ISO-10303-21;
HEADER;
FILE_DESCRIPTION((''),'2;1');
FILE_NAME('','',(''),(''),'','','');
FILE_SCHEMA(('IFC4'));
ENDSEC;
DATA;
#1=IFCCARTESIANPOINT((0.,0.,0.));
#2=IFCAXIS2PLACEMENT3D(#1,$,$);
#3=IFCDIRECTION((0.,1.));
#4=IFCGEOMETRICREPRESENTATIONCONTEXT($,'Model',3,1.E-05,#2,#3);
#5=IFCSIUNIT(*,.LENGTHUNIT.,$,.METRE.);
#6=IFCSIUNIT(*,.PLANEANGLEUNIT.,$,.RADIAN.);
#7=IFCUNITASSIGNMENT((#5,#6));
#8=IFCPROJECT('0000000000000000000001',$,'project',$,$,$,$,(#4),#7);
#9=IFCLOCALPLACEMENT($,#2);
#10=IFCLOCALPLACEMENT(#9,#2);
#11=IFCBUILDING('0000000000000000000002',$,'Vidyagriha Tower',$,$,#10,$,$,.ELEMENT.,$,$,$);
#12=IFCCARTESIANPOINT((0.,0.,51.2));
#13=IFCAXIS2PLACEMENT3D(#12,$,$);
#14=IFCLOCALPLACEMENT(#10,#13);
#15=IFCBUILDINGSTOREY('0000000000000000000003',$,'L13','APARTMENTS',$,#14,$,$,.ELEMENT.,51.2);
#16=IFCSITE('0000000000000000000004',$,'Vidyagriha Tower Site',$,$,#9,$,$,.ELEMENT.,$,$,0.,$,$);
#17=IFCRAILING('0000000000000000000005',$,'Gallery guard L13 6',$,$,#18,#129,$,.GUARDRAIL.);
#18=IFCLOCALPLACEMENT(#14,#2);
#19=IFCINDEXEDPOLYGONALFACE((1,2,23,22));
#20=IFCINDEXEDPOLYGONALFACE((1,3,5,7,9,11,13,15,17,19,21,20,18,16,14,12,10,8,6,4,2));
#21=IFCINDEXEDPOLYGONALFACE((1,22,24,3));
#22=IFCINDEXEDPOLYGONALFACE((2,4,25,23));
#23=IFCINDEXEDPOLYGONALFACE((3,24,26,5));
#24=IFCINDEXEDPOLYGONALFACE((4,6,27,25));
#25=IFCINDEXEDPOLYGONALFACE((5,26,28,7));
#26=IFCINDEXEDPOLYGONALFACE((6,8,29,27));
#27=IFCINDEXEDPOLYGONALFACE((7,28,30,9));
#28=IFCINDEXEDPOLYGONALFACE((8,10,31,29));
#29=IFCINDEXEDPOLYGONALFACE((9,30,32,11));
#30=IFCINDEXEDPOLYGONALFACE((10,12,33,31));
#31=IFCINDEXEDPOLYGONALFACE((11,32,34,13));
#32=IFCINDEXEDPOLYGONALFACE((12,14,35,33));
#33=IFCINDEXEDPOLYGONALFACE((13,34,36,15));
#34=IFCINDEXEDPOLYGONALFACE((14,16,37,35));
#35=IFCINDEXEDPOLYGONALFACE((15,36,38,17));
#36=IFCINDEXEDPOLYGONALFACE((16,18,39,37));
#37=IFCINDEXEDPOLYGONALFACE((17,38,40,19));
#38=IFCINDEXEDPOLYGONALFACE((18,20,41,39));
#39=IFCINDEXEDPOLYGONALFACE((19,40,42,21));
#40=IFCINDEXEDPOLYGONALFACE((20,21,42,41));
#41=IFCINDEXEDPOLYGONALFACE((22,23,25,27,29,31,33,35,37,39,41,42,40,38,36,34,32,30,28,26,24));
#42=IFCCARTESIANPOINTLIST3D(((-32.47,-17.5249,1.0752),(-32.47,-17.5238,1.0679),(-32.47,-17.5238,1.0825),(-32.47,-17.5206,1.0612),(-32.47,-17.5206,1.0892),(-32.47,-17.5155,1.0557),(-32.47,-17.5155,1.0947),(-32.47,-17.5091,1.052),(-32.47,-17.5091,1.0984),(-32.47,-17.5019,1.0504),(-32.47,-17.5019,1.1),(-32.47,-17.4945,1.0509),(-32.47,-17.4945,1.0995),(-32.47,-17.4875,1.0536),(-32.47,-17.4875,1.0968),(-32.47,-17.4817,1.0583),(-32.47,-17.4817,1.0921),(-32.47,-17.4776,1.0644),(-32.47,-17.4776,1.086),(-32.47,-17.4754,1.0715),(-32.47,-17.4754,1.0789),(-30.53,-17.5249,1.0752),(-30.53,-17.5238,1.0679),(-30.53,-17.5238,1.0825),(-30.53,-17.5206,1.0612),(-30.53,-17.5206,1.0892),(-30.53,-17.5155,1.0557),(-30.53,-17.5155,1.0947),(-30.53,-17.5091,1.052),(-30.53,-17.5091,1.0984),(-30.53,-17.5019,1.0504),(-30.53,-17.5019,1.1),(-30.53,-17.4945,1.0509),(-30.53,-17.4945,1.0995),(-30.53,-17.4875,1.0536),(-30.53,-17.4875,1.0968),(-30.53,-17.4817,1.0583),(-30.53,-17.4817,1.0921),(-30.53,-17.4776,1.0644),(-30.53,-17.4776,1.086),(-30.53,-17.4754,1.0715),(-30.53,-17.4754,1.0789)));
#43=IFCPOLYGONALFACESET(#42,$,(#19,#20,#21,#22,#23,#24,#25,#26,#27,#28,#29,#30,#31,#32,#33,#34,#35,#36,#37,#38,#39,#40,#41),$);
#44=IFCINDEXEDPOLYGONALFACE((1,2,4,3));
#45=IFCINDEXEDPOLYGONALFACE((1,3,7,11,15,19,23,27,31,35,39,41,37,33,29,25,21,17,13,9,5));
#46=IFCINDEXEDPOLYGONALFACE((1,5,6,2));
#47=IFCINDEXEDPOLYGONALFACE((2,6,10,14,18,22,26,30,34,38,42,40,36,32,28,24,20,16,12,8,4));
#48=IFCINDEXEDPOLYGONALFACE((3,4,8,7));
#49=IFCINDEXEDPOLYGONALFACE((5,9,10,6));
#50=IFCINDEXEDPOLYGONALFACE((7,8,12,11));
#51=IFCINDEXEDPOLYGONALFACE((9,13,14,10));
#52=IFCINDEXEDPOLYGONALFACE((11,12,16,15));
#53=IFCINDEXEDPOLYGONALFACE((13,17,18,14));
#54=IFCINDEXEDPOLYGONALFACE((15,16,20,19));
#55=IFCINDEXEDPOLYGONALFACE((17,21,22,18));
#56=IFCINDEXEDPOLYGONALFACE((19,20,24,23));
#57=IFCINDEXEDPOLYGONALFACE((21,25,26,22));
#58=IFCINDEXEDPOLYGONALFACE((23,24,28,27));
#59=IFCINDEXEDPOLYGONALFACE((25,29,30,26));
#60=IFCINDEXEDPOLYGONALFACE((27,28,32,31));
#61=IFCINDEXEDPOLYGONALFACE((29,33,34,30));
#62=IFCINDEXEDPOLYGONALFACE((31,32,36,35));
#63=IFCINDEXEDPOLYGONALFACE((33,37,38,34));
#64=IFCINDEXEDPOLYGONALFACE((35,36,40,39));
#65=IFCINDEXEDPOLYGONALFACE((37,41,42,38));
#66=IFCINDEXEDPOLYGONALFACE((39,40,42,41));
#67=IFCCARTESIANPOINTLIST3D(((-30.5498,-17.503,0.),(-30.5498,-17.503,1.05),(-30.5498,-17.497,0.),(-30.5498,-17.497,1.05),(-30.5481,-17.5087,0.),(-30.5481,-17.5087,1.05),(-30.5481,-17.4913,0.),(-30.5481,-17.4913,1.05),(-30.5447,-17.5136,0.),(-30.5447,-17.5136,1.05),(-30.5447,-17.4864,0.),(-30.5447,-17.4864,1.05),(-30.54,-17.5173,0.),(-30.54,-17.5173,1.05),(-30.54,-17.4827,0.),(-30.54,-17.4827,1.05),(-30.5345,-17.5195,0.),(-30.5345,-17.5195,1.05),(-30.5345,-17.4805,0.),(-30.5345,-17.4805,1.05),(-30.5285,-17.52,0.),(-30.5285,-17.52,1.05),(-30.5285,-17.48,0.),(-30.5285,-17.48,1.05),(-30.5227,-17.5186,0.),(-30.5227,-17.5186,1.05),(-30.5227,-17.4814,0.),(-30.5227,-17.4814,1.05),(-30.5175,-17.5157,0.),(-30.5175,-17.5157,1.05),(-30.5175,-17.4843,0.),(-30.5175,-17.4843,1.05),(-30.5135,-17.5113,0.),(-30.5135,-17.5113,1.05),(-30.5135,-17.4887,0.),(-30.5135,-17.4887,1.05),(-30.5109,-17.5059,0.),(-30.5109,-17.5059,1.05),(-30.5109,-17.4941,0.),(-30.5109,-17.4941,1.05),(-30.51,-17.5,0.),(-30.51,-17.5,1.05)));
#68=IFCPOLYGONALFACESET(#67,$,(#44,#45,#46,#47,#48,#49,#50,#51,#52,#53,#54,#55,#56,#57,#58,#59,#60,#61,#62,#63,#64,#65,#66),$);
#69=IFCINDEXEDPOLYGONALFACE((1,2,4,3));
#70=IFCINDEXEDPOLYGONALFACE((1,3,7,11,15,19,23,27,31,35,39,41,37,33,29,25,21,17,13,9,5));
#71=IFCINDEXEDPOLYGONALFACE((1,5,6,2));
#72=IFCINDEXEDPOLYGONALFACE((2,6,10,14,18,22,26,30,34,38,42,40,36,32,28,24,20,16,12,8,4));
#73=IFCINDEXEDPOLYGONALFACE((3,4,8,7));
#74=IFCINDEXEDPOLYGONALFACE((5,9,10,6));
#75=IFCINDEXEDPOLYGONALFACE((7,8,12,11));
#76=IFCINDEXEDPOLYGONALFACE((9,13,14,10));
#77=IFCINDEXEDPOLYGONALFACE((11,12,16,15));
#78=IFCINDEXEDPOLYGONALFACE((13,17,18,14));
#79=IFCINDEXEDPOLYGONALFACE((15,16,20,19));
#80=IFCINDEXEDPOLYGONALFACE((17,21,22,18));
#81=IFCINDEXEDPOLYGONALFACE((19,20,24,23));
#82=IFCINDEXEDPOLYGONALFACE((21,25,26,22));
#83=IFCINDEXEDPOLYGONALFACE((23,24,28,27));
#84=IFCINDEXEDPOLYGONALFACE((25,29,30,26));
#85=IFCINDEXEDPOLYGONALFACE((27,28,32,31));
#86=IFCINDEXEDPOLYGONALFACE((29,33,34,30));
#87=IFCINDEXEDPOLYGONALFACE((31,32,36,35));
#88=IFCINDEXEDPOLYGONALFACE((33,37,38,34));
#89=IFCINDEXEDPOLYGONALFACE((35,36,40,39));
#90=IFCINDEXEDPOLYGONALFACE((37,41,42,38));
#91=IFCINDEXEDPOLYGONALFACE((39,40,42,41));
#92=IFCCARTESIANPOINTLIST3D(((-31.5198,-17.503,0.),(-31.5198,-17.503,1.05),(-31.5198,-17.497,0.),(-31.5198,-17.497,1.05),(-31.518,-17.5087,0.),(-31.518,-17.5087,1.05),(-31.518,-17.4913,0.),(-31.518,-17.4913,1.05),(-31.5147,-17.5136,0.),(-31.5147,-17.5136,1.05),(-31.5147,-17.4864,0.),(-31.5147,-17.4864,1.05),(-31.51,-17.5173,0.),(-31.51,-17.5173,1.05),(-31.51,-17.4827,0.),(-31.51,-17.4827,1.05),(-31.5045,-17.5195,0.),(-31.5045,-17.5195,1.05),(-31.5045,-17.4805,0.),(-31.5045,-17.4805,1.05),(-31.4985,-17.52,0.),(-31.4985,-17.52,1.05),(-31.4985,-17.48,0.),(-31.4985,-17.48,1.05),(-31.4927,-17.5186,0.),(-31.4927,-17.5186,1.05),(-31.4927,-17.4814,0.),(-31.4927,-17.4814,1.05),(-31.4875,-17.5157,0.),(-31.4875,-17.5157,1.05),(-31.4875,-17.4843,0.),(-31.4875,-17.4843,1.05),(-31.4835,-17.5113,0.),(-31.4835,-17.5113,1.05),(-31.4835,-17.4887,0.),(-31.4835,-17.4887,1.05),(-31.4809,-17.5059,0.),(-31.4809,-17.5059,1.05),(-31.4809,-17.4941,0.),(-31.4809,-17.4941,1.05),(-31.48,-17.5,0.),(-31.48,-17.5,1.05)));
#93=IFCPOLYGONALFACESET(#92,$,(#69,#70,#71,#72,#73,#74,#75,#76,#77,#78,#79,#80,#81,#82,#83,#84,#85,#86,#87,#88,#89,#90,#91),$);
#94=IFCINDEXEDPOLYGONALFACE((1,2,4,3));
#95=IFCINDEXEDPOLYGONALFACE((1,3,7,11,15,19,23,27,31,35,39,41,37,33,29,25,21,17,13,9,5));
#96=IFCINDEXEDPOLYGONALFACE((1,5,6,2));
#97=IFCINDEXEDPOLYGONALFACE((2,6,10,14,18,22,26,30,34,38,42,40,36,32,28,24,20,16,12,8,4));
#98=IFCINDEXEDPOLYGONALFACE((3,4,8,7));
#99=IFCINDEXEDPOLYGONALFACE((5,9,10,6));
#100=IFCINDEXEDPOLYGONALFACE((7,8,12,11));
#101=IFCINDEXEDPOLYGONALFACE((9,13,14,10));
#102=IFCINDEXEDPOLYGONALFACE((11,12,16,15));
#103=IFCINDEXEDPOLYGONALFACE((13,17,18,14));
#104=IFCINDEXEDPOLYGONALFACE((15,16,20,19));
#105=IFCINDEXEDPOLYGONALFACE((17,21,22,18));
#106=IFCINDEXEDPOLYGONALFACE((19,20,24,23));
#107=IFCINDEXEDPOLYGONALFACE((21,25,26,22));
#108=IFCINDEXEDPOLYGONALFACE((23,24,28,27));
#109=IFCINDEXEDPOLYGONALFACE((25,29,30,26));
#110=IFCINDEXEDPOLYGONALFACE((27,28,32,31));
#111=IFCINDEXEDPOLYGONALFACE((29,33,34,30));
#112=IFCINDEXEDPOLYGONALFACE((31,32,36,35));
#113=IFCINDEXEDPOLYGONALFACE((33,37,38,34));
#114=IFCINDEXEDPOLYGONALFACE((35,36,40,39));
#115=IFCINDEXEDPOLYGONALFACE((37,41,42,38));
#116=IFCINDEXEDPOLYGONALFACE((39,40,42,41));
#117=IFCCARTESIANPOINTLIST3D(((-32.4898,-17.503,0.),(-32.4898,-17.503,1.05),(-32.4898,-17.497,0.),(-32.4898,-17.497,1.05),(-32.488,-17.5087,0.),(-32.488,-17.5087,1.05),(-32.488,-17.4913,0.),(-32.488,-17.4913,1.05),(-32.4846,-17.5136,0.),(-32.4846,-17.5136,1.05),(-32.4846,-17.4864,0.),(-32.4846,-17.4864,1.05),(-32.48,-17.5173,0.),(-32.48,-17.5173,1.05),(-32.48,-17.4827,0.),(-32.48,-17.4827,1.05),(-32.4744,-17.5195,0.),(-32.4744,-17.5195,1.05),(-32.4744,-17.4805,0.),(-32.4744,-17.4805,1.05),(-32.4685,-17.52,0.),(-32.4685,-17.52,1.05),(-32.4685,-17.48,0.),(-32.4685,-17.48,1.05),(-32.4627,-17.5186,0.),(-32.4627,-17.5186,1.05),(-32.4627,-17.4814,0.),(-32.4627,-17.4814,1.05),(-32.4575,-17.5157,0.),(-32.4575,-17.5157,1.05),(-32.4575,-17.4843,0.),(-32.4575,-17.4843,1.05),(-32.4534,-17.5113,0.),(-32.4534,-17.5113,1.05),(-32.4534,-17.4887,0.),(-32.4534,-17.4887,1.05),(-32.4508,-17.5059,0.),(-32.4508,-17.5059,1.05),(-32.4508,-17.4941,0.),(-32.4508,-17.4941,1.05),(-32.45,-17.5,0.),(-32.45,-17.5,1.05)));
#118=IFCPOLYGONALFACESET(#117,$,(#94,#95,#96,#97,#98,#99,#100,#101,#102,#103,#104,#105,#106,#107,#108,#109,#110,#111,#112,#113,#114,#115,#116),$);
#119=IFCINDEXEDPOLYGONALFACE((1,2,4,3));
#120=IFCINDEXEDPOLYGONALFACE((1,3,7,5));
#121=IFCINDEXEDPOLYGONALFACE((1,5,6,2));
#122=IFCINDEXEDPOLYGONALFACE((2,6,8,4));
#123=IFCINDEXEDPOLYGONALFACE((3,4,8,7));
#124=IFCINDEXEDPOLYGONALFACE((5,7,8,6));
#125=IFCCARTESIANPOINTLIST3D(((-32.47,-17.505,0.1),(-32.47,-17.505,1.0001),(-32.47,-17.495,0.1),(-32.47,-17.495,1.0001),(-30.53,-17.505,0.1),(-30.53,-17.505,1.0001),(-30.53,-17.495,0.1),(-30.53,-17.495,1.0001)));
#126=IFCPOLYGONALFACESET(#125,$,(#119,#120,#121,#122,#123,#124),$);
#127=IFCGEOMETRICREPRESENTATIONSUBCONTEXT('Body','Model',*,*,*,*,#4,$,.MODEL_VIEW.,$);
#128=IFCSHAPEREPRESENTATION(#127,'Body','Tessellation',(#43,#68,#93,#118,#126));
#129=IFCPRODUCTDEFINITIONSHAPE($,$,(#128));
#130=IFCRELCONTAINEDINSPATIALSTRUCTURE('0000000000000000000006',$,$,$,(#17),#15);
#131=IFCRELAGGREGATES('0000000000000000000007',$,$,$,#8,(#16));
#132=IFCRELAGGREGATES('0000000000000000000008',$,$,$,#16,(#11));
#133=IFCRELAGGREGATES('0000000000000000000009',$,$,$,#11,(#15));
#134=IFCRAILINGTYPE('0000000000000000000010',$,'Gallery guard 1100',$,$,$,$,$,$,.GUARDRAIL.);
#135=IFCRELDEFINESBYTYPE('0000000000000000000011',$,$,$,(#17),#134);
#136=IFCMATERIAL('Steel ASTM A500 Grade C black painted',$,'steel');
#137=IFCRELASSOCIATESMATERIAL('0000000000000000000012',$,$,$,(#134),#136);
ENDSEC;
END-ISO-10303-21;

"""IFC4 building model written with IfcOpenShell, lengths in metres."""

from ifc_helpers import new_model, si_unit, direction, frame, origin, origin_2d, place, context, subcontext, project, spatial, rectangle, circle, extrude, material, type_object, element, save


model = new_model("IFC4")

# Units and contexts
model_context = context("Model", 3, precision=1e-05, world=origin(), true_north=direction((0.0, 1.0)))
body_context = subcontext(model_context, "Body", "Model", "MODEL_VIEW")
ifc_project = project(units=[si_unit("LENGTHUNIT", "METRE"), si_unit("PLANEANGLEUNIT", "RADIAN")], contexts=[model_context])

# Site, building, storey
site_placement = place(None, origin())
site = spatial("IfcSite", under=ifc_project, at=site_placement, Name="Vidyagriha Tower Site", CompositionType="ELEMENT", RefElevation=0.0)
building_placement = place(site_placement, origin())
building = spatial("IfcBuilding", under=site, at=building_placement, Name="Vidyagriha Tower", CompositionType="ELEMENT")
storey_placement = place(building_placement, frame((0.0, 0.0, 51.2)))
storey = spatial("IfcBuildingStorey", under=building, at=storey_placement, Name="L13", Description="APARTMENTS", CompositionType="ELEMENT", Elevation=51.2)

# Railing
ifc_material_1 = material(Name="Steel ASTM A500 Grade C black painted", Category="steel")
railing_type_1 = type_object("IfcRailingType", Name="Gallery guard 1100", PredefinedType="GUARDRAIL", material=ifc_material_1)
railing_1_placement = place(storey_placement, frame((-30.53, -17.5, 0.0)))
element("IfcRailing", 1, at=railing_1_placement, inside=storey, type_object=railing_type_1, Name="Gallery guard L13 6", PredefinedType="GUARDRAIL", context=body_context, shape_type="SweptSolid", body=[
    extrude(circle(Radius=0.0249, at=origin_2d()), frame((0.0, 0.0, 1.0752), z_axis=(-1.0, 0.0, 0.0), x_axis=(0.0, -1.0, 0.0)), (0.0, 0.0, 1.0), 1.9399),
    extrude(circle(Radius=0.02, at=origin_2d()), origin(), (0.0, 0.0, 1.0), 1.05),
    extrude(circle(Radius=0.02, at=origin_2d()), frame((-0.97, 0.0, 0.0)), (0.0, 0.0, 1.0), 1.05),
    extrude(circle(Radius=0.02, at=origin_2d()), frame((-1.9399, 0.0, 0.0)), (0.0, 0.0, 1.0), 1.05),
    extrude(rectangle(XDim=0.01, YDim=0.9001, at=origin_2d()), frame((0.0, 0.0, 0.55), z_axis=(-1.0, 0.0, 0.0), x_axis=(0.0, -1.0, 0.0)), (0.0, 0.0, 1.0), 1.9399),
])

save(model, "model.ifc")
